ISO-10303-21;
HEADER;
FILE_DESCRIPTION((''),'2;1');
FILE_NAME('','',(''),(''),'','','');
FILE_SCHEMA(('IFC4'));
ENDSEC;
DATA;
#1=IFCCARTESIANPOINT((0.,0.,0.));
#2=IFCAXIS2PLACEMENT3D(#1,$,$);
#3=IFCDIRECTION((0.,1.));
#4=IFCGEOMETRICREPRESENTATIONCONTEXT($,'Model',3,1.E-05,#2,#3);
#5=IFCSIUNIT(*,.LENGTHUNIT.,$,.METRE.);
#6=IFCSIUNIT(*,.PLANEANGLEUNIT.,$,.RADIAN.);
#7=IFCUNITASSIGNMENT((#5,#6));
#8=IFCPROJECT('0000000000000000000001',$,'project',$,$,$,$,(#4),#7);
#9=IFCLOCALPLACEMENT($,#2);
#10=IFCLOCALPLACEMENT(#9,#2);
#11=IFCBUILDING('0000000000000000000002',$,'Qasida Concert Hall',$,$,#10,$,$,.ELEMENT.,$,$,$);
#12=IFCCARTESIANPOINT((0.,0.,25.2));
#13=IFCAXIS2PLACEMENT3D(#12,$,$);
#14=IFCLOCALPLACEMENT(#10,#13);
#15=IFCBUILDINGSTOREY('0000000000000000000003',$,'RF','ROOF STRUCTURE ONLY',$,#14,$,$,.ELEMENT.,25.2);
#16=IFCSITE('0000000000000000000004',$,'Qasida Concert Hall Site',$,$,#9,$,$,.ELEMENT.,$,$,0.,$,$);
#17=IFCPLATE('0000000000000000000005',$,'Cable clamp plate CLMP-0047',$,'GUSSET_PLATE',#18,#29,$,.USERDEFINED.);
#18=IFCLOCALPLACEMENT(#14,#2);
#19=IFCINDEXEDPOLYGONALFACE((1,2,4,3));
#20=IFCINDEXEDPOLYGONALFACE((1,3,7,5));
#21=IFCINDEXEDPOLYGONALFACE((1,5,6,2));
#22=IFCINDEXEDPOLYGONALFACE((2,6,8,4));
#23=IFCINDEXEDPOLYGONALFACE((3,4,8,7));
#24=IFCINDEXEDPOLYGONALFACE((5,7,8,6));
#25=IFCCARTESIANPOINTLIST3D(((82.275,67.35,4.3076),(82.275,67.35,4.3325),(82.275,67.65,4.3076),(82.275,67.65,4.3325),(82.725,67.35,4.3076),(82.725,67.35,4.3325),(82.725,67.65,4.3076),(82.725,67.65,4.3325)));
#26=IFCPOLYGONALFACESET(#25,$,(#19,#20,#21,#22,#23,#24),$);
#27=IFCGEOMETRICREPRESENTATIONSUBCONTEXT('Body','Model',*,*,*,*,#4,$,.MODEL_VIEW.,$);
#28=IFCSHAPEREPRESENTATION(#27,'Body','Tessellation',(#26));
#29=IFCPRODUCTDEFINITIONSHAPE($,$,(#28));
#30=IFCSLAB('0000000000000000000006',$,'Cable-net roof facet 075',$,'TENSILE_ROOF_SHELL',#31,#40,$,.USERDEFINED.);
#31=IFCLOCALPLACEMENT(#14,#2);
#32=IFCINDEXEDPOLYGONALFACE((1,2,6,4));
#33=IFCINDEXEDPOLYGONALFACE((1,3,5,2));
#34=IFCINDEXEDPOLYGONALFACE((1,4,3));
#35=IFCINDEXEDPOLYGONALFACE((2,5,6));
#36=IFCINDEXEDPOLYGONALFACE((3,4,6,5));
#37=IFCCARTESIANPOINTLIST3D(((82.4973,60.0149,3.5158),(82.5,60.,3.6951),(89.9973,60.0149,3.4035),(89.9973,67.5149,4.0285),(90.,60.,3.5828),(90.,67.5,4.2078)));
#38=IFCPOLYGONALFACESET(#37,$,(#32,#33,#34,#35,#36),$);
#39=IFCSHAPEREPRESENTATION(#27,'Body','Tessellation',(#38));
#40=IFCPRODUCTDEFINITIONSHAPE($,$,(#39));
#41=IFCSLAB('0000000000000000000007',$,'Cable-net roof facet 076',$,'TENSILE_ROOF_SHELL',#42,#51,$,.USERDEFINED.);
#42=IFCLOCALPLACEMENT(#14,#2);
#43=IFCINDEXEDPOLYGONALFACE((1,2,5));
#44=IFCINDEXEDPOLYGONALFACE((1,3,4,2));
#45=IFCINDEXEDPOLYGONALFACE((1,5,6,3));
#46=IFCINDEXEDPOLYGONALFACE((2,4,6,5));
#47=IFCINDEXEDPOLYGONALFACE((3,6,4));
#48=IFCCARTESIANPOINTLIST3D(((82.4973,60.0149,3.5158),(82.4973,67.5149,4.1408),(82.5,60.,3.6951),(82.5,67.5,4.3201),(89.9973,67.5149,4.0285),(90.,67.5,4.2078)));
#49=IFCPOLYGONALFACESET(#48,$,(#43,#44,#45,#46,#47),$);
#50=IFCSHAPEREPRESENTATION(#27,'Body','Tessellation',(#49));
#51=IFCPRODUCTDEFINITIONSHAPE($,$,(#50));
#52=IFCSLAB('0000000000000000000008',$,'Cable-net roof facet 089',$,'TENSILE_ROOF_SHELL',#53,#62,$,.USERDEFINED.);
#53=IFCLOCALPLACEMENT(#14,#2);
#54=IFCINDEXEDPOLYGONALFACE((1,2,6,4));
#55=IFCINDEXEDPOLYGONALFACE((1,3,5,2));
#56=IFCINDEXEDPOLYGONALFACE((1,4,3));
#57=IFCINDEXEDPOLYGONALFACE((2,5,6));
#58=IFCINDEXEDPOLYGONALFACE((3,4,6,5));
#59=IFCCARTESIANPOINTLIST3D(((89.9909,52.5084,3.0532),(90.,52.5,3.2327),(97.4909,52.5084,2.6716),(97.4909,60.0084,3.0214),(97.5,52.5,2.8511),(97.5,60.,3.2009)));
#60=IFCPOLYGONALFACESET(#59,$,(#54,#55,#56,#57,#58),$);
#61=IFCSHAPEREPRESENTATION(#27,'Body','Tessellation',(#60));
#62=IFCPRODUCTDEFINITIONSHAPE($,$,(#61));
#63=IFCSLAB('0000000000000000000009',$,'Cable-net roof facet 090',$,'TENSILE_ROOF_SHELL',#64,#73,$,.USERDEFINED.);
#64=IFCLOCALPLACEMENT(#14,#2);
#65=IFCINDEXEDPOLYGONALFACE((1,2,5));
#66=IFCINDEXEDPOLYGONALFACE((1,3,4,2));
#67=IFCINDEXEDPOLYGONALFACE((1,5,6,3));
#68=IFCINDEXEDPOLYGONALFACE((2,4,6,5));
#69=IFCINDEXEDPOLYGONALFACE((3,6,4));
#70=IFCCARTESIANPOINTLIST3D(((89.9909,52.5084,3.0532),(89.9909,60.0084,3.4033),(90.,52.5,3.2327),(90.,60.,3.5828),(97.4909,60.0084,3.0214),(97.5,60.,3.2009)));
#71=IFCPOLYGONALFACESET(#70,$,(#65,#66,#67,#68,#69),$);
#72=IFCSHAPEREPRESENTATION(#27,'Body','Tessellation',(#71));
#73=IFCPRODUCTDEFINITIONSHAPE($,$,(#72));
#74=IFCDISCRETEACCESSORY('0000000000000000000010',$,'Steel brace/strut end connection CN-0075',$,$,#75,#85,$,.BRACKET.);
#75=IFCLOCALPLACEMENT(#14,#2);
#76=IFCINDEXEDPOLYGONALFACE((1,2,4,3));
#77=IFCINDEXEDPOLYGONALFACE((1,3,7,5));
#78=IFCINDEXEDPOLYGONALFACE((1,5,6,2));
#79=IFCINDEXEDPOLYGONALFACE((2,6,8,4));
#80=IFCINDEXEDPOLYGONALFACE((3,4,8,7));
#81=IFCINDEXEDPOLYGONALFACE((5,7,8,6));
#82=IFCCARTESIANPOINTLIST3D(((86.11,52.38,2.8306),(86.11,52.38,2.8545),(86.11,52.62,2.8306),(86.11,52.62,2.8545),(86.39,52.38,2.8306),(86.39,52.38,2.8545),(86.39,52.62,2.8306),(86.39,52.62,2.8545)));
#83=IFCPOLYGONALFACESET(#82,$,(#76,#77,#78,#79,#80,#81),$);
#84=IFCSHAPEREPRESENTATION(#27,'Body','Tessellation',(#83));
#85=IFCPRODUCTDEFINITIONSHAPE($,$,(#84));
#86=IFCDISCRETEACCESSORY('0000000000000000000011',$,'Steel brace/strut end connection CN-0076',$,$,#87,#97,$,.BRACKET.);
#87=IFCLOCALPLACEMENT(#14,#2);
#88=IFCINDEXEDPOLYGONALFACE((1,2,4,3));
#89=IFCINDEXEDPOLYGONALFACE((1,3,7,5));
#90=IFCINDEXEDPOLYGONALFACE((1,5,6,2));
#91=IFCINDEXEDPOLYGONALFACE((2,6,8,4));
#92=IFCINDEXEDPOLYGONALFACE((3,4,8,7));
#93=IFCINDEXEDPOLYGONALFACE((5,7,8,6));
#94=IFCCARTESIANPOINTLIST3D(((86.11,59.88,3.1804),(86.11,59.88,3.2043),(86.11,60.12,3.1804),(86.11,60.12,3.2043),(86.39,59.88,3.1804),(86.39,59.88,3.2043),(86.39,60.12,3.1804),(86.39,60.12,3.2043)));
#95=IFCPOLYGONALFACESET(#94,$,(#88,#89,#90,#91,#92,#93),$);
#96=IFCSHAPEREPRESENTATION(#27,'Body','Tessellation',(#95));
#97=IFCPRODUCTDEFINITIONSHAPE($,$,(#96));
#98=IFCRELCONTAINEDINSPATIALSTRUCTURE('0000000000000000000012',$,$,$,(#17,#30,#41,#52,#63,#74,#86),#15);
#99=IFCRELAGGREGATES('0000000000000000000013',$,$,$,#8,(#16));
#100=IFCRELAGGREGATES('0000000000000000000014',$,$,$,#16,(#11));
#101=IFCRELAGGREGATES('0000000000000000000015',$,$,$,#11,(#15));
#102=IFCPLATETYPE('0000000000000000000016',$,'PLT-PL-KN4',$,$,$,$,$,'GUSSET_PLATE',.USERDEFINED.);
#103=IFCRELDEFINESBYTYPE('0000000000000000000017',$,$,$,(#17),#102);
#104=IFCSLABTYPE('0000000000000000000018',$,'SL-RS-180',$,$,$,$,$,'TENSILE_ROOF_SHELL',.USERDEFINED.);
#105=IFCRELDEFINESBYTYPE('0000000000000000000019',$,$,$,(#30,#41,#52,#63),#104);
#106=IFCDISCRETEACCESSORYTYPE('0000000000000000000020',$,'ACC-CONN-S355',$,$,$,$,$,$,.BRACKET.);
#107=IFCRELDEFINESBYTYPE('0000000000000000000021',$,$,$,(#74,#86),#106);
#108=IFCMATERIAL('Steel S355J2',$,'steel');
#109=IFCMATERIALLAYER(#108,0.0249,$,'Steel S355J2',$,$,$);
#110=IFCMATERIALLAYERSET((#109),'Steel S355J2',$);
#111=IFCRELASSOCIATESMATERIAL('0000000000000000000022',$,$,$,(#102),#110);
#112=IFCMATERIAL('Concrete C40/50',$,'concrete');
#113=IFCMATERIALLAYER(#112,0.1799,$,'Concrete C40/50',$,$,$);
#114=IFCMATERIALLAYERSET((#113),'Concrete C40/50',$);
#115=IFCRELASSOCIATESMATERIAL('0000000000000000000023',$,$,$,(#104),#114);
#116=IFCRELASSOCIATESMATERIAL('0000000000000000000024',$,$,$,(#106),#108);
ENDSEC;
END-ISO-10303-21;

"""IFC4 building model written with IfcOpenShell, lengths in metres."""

from ifc_helpers import new_model, si_unit, direction, frame, origin, origin_2d, place, context, subcontext, project, spatial, polyline, rectangle, outline, extrude, material, layer, layer_set, type_object, element, save


model = new_model("IFC4")

# Units and contexts
model_context = context("Model", 3, precision=1e-05, world=origin(), true_north=direction((0.0, 1.0)))
body_context = subcontext(model_context, "Body", "Model", "MODEL_VIEW")
ifc_project = project(units=[si_unit("LENGTHUNIT", "METRE"), si_unit("PLANEANGLEUNIT", "RADIAN")], contexts=[model_context])

# Site, building, storey
site_placement = place(None, origin())
site = spatial("IfcSite", under=ifc_project, at=site_placement, Name="Qasida Concert Hall Site", CompositionType="ELEMENT", RefElevation=0.0)
building_placement = place(site_placement, origin())
building = spatial("IfcBuilding", under=site, at=building_placement, Name="Qasida Concert Hall", CompositionType="ELEMENT")
storey_placement = place(building_placement, frame((0.0, 0.0, 25.2)))
storey = spatial("IfcBuildingStorey", under=building, at=storey_placement, Name="RF", Description="ROOF STRUCTURE ONLY", CompositionType="ELEMENT", Elevation=25.2)

# Shared definitions
ifc_material_1 = material(Name="Steel S355J2", Category="steel")

# Plate
ifc_layer_1 = layer(ifc_material_1, 0.0249, Name="Steel S355J2")
ifc_layer_set_1 = layer_set([ifc_layer_1], Name="Steel S355J2")
plate_type_1 = type_object("IfcPlateType", Name="PLT-PL-KN4", ElementType="GUSSET_PLATE", PredefinedType="USERDEFINED", material=ifc_layer_set_1)
plate_1_placement = place(storey_placement, frame((82.5, 67.5, 4.3076), z_axis=(0.0, 0.0, 1.0), x_axis=(1.0, 0.0, 0.0)))
element("IfcPlate", 1, at=plate_1_placement, inside=storey, type_object=plate_type_1, Name="Cable clamp plate CLMP-0047", ObjectType="GUSSET_PLATE", PredefinedType="USERDEFINED", context=body_context, shape_type="SweptSolid", body=[
    extrude(rectangle(XDim=0.45, YDim=0.3, at=origin_2d()), origin(), (0.0, 0.0, 1.0), 0.0249),
])

# Slabs
ifc_material_2 = material(Name="Concrete C40/50", Category="concrete")
ifc_layer_2 = layer(ifc_material_2, 0.1799, Name="Concrete C40/50")
ifc_layer_set_2 = layer_set([ifc_layer_2], Name="Concrete C40/50")
slab_type = type_object("IfcSlabType", Name="SL-RS-180", ElementType="TENSILE_ROOF_SHELL", PredefinedType="USERDEFINED", material=ifc_layer_set_2)
slab_1_placement = place(storey_placement, frame((82.5, 60.0, 3.6951), z_axis=(0.014921, -0.083036, 0.996435), x_axis=(0.999888, 0.0, -0.014972)))
element("IfcSlab", 2, at=slab_1_placement, inside=storey, type_object=slab_type, Name="Cable-net roof facet 075", ObjectType="TENSILE_ROOF_SHELL", PredefinedType="USERDEFINED", context=body_context, shape_type="SweptSolid", body=[
    extrude(outline(polyline([(0.0, 0.0), (7.5008, 0.0), (7.4915, 7.526), (0.0, 0.0)])), origin(), (0.0, 0.0, -1.0), 0.1799),
])
slab_2_placement = place(storey_placement, frame((82.5, 60.0, 3.6951), z_axis=(0.014921, -0.083036, 0.996435), x_axis=(0.706282, 0.706282, 0.048281)))
element("IfcSlab", 3, at=slab_2_placement, inside=storey, type_object=slab_type, Name="Cable-net roof facet 076", ObjectType="TENSILE_ROOF_SHELL", PredefinedType="USERDEFINED", context=body_context, shape_type="SweptSolid", body=[
    extrude(outline(polyline([(0.0, 0.0), (10.619, 0.0), (5.3273, 5.3161), (0.0, 0.0)])), origin(), (0.0, 0.0, -1.0), 0.1799),
])
slab_3_placement = place(storey_placement, frame((90.0, 52.5, 3.2327), z_axis=(0.050758, -0.046536, 0.997626), x_axis=(0.998708, 0.0, -0.050813)))
element("IfcSlab", 4, at=slab_3_placement, inside=storey, type_object=slab_type, Name="Cable-net roof facet 089", ObjectType="TENSILE_ROOF_SHELL", PredefinedType="USERDEFINED", context=body_context, shape_type="SweptSolid", body=[
    extrude(outline(polyline([(0.0, 0.0), (7.5097, 0.0), (7.4919, 7.5081), (0.0, 0.0)])), origin(), (0.0, 0.0, -1.0), 0.1799),
])
slab_4_placement = place(storey_placement, frame((90.0, 52.5, 3.2327), z_axis=(0.05079, -0.046569, 0.997623), x_axis=(0.707104, 0.707104, -0.002992)))
element("IfcSlab", 5, at=slab_4_placement, inside=storey, type_object=slab_type, Name="Cable-net roof facet 090", ObjectType="TENSILE_ROOF_SHELL", PredefinedType="USERDEFINED", context=body_context, shape_type="SweptSolid", body=[
    extrude(outline(polyline([(0.0, 0.0), (10.6066, 0.0), (5.3022, 5.3159), (0.0, 0.0)])), origin(), (0.0, 0.0, -1.0), 0.1799),
])

# Discrete accessories
discrete_accessory_type = type_object("IfcDiscreteAccessoryType", Name="ACC-CONN-S355", PredefinedType="BRACKET", material=ifc_material_1)
for number, where, z_axis, x_axis, name in (
    (6, (86.25, 52.5, 2.8306), (0.0, 0.0, 1.0), (1.0, 0.0, 0.0), "Steel brace/strut end connection CN-0075"),
    (7, (86.25, 60.0, 3.1804), (0.0, 0.0, 1.0), (1.0, 0.0, 0.0), "Steel brace/strut end connection CN-0076"),
):
    element("IfcDiscreteAccessory", number, at=place(storey_placement, frame(where, z_axis=z_axis, x_axis=x_axis)), inside=storey, type_object=discrete_accessory_type, Name=name, PredefinedType="BRACKET", context=body_context, shape_type="SweptSolid", body=[
        extrude(rectangle(XDim=0.28, YDim=0.24, at=origin_2d()), origin(), (0.0, 0.0, 1.0), 0.0239),
    ])

save(model, "model.ifc")
